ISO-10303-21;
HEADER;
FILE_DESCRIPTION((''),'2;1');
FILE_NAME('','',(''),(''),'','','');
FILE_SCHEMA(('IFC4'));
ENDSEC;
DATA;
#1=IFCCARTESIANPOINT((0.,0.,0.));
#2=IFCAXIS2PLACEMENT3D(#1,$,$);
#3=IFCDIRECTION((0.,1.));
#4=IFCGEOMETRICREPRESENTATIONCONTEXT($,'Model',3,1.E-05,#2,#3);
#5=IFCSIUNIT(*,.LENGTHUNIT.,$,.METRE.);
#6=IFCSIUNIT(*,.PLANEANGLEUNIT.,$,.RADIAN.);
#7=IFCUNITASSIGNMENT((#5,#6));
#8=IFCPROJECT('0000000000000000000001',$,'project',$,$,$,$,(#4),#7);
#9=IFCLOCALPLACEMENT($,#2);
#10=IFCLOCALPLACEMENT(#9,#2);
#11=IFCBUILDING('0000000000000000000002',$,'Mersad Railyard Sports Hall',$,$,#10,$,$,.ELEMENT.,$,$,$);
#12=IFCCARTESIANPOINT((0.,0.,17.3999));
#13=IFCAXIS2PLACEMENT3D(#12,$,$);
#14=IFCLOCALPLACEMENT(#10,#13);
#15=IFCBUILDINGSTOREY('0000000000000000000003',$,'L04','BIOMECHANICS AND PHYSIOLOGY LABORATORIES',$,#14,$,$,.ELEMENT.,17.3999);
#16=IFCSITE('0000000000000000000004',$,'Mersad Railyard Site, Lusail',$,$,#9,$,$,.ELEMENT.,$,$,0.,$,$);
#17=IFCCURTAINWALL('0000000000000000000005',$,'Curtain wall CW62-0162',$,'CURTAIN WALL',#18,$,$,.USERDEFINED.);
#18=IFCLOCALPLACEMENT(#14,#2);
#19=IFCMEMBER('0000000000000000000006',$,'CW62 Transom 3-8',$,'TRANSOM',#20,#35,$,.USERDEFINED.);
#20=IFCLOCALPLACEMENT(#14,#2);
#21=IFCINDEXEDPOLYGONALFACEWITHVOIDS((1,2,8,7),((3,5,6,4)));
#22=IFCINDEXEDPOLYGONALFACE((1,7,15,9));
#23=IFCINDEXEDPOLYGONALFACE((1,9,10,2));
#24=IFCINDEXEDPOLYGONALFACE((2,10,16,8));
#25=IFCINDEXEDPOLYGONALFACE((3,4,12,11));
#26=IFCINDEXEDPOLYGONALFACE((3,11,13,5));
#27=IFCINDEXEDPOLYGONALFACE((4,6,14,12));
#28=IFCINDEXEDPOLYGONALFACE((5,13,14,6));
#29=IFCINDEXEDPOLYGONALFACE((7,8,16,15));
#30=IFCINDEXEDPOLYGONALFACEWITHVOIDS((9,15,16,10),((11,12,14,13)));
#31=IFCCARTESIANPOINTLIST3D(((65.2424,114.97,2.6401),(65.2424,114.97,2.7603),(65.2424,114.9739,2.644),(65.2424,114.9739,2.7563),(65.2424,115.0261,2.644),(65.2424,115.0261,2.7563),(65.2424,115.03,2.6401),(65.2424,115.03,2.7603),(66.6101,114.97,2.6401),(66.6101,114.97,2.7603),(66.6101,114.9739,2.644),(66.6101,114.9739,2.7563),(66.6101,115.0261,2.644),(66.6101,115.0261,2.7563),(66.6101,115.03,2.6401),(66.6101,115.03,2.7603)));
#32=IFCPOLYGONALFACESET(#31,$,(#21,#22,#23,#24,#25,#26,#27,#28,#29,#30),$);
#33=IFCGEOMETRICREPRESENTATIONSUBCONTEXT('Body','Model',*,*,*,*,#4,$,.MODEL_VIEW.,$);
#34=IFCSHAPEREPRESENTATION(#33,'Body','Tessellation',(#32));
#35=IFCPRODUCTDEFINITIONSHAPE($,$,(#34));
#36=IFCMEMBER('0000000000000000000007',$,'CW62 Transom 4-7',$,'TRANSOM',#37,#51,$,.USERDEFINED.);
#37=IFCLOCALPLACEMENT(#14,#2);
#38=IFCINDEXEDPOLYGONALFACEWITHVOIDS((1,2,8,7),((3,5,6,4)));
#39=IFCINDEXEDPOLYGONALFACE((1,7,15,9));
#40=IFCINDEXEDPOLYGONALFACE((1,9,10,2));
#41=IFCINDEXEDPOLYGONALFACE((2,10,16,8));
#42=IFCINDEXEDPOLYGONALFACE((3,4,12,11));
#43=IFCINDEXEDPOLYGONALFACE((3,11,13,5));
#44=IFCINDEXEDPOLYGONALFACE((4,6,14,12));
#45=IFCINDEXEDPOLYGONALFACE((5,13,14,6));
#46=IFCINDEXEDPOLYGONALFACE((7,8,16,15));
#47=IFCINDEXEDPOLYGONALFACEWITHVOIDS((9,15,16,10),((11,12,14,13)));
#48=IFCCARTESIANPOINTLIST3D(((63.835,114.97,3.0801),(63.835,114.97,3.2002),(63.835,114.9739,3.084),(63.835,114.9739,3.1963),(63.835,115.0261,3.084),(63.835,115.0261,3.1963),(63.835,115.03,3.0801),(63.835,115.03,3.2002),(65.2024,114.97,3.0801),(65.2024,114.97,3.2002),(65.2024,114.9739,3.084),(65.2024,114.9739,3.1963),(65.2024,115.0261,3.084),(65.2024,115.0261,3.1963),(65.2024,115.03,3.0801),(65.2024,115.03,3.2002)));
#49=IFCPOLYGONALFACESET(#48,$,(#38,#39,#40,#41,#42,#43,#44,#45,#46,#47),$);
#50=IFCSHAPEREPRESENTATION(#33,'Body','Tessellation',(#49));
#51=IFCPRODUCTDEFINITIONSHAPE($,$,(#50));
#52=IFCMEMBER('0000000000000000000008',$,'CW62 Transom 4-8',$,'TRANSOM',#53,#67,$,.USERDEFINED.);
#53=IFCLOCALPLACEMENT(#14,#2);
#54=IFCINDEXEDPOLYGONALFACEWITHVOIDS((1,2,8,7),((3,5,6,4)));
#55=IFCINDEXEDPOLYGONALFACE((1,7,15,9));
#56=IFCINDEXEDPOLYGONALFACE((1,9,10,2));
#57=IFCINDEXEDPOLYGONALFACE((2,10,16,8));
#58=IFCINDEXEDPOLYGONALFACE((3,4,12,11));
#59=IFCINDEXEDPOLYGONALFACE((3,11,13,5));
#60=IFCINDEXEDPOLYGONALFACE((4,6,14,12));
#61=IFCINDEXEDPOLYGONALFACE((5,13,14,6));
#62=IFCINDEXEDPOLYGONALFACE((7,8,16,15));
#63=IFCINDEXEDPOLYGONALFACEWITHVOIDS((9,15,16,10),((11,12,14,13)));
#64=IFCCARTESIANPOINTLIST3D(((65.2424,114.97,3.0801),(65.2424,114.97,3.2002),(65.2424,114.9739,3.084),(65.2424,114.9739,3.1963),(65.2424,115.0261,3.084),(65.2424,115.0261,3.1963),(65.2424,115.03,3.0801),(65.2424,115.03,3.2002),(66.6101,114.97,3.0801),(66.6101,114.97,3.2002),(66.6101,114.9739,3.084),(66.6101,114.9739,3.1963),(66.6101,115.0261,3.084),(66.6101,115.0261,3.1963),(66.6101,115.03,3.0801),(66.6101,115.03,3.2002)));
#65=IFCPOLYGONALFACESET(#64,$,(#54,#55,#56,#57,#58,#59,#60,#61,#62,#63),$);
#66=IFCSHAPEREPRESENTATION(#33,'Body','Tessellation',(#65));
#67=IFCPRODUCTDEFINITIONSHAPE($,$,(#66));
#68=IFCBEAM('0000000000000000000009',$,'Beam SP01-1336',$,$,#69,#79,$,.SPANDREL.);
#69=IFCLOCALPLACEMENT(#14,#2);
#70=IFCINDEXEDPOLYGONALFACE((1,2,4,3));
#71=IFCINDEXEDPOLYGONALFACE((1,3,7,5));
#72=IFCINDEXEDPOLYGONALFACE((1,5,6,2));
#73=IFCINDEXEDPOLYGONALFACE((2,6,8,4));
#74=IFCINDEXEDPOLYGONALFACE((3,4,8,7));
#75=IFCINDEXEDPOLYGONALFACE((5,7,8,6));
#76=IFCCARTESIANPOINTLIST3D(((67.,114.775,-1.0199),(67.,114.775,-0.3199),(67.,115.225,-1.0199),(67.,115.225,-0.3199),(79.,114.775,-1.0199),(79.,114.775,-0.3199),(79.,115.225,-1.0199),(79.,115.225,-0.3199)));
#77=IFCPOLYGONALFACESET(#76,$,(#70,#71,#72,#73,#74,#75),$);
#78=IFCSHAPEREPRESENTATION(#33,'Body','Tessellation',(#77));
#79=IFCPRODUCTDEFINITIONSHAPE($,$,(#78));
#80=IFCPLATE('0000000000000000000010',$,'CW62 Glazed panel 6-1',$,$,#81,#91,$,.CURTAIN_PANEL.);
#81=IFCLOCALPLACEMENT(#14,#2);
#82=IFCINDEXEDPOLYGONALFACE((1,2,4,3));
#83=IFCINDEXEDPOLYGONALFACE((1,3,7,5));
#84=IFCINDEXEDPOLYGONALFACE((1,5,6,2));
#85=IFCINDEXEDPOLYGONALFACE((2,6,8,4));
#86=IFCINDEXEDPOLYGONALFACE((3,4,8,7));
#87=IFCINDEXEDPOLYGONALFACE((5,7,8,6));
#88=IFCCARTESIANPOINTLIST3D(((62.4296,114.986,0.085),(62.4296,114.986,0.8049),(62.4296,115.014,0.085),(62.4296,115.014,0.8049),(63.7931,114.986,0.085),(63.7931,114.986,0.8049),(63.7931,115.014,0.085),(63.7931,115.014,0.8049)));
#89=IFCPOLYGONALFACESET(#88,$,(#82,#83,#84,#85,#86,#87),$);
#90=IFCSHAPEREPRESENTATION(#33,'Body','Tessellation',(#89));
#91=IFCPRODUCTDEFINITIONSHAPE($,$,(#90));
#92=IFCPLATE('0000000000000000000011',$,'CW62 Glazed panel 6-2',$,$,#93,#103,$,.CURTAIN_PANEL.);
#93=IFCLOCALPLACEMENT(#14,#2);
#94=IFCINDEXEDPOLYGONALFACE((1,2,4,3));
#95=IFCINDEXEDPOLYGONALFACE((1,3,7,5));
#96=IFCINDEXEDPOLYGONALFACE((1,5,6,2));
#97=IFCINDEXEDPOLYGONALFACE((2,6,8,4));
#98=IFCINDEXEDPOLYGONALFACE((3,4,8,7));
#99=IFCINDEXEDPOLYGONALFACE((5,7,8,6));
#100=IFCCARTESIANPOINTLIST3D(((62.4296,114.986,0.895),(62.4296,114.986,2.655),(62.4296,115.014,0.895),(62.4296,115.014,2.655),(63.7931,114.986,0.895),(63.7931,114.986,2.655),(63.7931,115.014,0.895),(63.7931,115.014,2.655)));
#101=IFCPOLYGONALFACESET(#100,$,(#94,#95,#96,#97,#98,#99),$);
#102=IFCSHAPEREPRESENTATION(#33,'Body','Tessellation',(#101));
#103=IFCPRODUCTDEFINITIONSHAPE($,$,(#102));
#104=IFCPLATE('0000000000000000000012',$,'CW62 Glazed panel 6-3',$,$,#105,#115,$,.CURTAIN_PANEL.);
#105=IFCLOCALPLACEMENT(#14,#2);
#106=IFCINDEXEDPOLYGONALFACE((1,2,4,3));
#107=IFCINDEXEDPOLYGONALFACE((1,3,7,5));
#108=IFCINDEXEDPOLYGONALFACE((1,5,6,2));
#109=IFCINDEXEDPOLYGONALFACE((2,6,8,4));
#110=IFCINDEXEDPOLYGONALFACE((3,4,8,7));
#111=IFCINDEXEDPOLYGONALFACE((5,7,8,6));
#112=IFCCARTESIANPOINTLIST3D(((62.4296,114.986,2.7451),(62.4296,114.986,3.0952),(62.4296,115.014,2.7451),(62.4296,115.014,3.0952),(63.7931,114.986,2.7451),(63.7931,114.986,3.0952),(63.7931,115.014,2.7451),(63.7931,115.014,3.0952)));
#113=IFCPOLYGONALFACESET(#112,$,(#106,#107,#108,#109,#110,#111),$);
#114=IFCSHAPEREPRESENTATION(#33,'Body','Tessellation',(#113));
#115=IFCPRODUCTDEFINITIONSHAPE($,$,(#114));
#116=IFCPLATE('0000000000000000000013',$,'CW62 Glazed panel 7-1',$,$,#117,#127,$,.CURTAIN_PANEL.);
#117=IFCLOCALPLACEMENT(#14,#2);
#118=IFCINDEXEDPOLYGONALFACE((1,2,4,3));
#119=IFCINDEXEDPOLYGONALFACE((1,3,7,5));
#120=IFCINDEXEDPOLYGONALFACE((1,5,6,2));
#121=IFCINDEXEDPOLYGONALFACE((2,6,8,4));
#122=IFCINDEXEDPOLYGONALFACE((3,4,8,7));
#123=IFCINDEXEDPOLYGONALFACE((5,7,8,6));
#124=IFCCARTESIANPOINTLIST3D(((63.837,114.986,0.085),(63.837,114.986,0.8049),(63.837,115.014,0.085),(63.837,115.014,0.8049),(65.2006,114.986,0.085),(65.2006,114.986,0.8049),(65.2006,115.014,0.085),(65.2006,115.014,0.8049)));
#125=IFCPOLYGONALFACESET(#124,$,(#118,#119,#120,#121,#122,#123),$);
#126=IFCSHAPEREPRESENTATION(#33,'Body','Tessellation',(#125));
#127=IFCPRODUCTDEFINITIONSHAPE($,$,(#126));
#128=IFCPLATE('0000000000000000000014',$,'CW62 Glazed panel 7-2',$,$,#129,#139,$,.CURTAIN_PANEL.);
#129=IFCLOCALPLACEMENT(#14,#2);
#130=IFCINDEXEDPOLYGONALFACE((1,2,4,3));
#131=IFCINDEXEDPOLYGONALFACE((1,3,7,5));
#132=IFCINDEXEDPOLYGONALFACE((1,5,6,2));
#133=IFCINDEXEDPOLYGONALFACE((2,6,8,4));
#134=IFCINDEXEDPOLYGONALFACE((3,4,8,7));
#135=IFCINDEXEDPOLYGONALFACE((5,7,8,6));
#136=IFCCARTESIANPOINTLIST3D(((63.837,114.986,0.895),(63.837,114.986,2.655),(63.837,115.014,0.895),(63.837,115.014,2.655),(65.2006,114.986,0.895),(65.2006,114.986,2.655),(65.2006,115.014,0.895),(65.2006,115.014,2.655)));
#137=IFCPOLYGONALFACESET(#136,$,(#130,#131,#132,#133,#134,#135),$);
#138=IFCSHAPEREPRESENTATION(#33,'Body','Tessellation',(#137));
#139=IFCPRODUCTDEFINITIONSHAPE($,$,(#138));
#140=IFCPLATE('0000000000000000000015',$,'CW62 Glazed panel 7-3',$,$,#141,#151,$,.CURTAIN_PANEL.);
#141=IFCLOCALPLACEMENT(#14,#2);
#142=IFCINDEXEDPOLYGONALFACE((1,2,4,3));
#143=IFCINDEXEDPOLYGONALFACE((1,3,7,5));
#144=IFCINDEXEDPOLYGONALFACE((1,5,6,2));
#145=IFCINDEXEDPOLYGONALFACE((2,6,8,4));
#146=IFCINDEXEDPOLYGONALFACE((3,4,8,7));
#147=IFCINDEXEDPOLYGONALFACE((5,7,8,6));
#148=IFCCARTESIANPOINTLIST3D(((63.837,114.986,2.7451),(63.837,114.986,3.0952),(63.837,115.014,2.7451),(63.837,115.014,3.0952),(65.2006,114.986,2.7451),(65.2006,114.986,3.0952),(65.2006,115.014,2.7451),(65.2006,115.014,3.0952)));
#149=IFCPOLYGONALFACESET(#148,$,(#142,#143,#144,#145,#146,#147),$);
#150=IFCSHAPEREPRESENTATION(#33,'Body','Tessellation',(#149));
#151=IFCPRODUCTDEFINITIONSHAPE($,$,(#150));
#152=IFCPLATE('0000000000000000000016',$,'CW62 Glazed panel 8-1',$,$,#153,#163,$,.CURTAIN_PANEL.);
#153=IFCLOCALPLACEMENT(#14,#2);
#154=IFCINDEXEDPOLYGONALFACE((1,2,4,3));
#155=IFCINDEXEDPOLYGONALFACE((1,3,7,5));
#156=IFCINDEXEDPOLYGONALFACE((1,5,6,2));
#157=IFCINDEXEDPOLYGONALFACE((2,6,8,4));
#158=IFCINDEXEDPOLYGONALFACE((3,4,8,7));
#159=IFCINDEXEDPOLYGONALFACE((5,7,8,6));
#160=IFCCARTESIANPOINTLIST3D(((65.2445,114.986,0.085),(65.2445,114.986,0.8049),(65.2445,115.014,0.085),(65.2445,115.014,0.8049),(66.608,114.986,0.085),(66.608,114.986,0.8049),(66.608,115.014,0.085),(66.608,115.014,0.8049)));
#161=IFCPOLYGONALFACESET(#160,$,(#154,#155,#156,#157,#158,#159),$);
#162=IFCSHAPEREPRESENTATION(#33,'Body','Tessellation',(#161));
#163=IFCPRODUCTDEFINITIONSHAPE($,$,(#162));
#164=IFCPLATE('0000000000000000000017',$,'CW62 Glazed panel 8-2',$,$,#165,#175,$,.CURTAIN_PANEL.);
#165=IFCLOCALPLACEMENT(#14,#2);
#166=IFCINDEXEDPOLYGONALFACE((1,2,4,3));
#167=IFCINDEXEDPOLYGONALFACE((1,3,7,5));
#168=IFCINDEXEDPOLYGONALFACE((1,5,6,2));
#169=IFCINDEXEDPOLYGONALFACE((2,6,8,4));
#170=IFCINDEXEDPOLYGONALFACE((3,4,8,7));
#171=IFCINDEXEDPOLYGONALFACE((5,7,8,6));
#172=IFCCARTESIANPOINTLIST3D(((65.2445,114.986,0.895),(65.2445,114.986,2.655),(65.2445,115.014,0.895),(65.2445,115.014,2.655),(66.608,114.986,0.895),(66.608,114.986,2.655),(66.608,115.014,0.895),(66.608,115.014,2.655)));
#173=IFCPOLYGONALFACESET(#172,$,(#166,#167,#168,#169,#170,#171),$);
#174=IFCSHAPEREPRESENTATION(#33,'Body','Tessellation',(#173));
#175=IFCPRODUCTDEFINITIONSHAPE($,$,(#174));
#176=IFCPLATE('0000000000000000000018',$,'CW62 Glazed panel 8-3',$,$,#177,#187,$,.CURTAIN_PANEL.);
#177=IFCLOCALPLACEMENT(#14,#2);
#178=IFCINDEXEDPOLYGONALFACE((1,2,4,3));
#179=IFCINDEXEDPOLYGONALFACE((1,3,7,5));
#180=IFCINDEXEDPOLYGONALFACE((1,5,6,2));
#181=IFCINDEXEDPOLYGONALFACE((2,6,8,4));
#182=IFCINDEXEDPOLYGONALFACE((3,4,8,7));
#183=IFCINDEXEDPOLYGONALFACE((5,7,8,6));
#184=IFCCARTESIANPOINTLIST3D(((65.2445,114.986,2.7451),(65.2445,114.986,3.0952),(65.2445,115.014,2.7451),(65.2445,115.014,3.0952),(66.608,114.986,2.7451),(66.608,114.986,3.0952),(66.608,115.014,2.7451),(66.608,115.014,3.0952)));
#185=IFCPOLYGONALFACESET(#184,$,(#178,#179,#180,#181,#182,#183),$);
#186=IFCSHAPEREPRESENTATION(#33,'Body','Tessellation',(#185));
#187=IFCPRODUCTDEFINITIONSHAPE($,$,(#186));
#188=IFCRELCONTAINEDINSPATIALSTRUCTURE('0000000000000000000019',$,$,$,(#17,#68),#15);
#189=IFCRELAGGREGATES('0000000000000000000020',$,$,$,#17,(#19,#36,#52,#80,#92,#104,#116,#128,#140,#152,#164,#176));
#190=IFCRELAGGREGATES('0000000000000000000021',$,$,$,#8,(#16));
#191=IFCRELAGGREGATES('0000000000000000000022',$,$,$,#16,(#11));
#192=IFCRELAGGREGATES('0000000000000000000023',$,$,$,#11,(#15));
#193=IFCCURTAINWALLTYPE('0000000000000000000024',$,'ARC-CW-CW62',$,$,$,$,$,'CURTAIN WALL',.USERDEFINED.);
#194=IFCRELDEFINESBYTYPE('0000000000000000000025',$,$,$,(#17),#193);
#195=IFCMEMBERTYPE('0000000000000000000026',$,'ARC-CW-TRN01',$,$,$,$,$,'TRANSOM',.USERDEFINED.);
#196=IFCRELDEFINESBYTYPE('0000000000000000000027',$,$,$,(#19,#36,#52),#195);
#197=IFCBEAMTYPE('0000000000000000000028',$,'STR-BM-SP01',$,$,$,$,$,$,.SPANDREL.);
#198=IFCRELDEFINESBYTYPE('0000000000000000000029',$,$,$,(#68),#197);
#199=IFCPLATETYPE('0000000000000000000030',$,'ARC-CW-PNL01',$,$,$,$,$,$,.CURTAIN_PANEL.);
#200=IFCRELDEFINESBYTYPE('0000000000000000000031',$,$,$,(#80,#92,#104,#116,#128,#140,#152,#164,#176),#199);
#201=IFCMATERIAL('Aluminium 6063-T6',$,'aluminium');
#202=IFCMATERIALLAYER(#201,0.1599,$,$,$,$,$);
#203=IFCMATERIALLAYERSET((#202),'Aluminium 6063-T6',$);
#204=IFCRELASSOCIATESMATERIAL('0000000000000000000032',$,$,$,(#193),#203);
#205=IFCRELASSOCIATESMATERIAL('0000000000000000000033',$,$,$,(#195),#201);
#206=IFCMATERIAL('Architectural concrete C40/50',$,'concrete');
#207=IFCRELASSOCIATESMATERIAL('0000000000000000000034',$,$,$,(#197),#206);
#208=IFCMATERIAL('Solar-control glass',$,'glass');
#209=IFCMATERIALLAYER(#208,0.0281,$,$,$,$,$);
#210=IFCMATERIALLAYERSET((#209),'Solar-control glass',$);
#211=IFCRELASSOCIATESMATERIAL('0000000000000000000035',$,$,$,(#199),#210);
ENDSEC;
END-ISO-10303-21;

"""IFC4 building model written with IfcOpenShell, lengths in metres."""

from ifc_helpers import new_model, si_unit, direction, frame, origin, origin_2d, place, context, subcontext, project, spatial, rectangle, hollow_rectangle, extrude, material, layer, layer_set, material_profile, profile_set, type_object, element, aggregate, save


model = new_model("IFC4")

# Units and contexts
model_context = context("Model", 3, precision=1e-05, world=origin(), true_north=direction((0.0, 1.0)))
body_context = subcontext(model_context, "Body", "Model", "MODEL_VIEW")
ifc_project = project(units=[si_unit("LENGTHUNIT", "METRE"), si_unit("PLANEANGLEUNIT", "RADIAN")], contexts=[model_context])

# Site, building, storey
site_placement = place(None, origin())
site = spatial("IfcSite", under=ifc_project, at=site_placement, Name="Mersad Railyard Site, Lusail", CompositionType="ELEMENT", RefElevation=0.0)
building_placement = place(site_placement, origin())
building = spatial("IfcBuilding", under=site, at=building_placement, Name="Mersad Railyard Sports Hall", CompositionType="ELEMENT")
storey_placement = place(building_placement, frame((0.0, 0.0, 17.3999)))
storey = spatial("IfcBuildingStorey", under=building, at=storey_placement, Name="L04", Description="BIOMECHANICS AND PHYSIOLOGY LABORATORIES", CompositionType="ELEMENT", Elevation=17.3999)

# Shared definitions
ifc_material_1 = material(Name="Architectural concrete C40/50", Category="concrete")

# Curtain wall, members
ifc_material_2 = material(Name="Aluminium 6063-T6", Category="aluminium")
ifc_layer_1 = layer(ifc_material_2, 0.1599)
ifc_layer_set_1 = layer_set([ifc_layer_1], Name="Aluminium 6063-T6")
curtain_wall_type = type_object("IfcCurtainWallType", Name="ARC-CW-CW62", ElementType="CURTAIN WALL", PredefinedType="USERDEFINED", material=ifc_layer_set_1)
curtain_wall_placement = place(storey_placement, origin())
curtain_wall = element("IfcCurtainWall", 1, at=curtain_wall_placement, inside=storey, type_object=curtain_wall_type, Name="Curtain wall CW62-0162", ObjectType="CURTAIN WALL", PredefinedType="USERDEFINED")
ifc_material_profile_1 = material_profile(ifc_material_2, hollow_rectangle(XDim=0.0601, YDim=0.1201, WallThickness=0.0039, at=origin_2d()), Name="AL TRANSOM 60x120x4")
ifc_profile_set_1 = profile_set([ifc_material_profile_1], Name="Aluminium 6063-T6")
member_type_1 = type_object("IfcMemberType", Name="ARC-CW-TRN01", ElementType="TRANSOM", PredefinedType="USERDEFINED", material=ifc_profile_set_1)
member_1_placement = place(storey_placement, frame((65.2424, 115.0, 2.7002), z_axis=(1.0, 0.0, 0.0), x_axis=(0.0, 1.0, 0.0)))
member_1 = element("IfcMember", 2, at=member_1_placement, type_object=member_type_1, Name="CW62 Transom 3-8", ObjectType="TRANSOM", PredefinedType="USERDEFINED", context=body_context, shape_type="SweptSolid", body=[
    extrude(hollow_rectangle(XDim=0.0601, YDim=0.1201, WallThickness=0.0039, at=origin_2d()), origin(), (0.0, 0.0, 1.0), 1.3677),
])
member_2_placement = place(storey_placement, frame((63.835, 115.0, 3.1401), z_axis=(1.0, 0.0, 0.0), x_axis=(0.0, 1.0, 0.0)))
member_2 = element("IfcMember", 3, at=member_2_placement, type_object=member_type_1, Name="CW62 Transom 4-7", ObjectType="TRANSOM", PredefinedType="USERDEFINED", context=body_context, shape_type="SweptSolid", body=[
    extrude(hollow_rectangle(XDim=0.0601, YDim=0.1201, WallThickness=0.0039, at=origin_2d()), origin(), (0.0, 0.0, 1.0), 1.3674),
])
member_3_placement = place(storey_placement, frame((65.2424, 115.0, 3.1401), z_axis=(1.0, 0.0, 0.0), x_axis=(0.0, 1.0, 0.0)))
member_3 = element("IfcMember", 4, at=member_3_placement, type_object=member_type_1, Name="CW62 Transom 4-8", ObjectType="TRANSOM", PredefinedType="USERDEFINED", context=body_context, shape_type="SweptSolid", body=[
    extrude(hollow_rectangle(XDim=0.0601, YDim=0.1201, WallThickness=0.0039, at=origin_2d()), origin(), (0.0, 0.0, 1.0), 1.3677),
])

# Beam
ifc_material_profile_2 = material_profile(ifc_material_1, rectangle(XDim=0.45, YDim=0.7, at=origin_2d()), Name="RC 450x700")
ifc_profile_set_2 = profile_set([ifc_material_profile_2], Name="Architectural concrete C40/50")
beam_type = type_object("IfcBeamType", Name="STR-BM-SP01", PredefinedType="SPANDREL", material=ifc_profile_set_2)
beam_placement = place(storey_placement, frame((67.0, 115.0, -0.6699), z_axis=(1.0, 0.0, 0.0), x_axis=(0.0, 1.0, 0.0)))
element("IfcBeam", 5, at=beam_placement, inside=storey, type_object=beam_type, Name="Beam SP01-1336", PredefinedType="SPANDREL", context=body_context, shape_type="SweptSolid", body=[
    extrude(rectangle(XDim=0.45, YDim=0.7, at=origin_2d()), origin(), (0.0, 0.0, 1.0), 12.0),
])

# Plates
ifc_material_3 = material(Name="Solar-control glass", Category="glass")
ifc_layer_2 = layer(ifc_material_3, 0.0281)
ifc_layer_set_2 = layer_set([ifc_layer_2], Name="Solar-control glass")
plate_type = type_object("IfcPlateType", Name="ARC-CW-PNL01", PredefinedType="CURTAIN_PANEL", material=ifc_layer_set_2)
plate_1_placement = place(storey_placement, frame((63.1113, 115.0, 0.085), z_axis=(0.0, 0.0, 1.0), x_axis=(1.0, 0.0, 0.0)))
plate_1 = element("IfcPlate", 6, at=plate_1_placement, type_object=plate_type, Name="CW62 Glazed panel 6-1", PredefinedType="CURTAIN_PANEL", context=body_context, shape_type="SweptSolid", body=[
    extrude(rectangle(XDim=1.3635, YDim=0.0281, at=origin_2d()), origin(), (0.0, 0.0, 1.0), 0.72),
])
plate_2_placement = place(storey_placement, frame((63.1113, 115.0, 0.895), z_axis=(0.0, 0.0, 1.0), x_axis=(1.0, 0.0, 0.0)))
plate_2 = element("IfcPlate", 7, at=plate_2_placement, type_object=plate_type, Name="CW62 Glazed panel 6-2", PredefinedType="CURTAIN_PANEL", context=body_context, shape_type="SweptSolid", body=[
    extrude(rectangle(XDim=1.3635, YDim=0.0281, at=origin_2d()), origin(), (0.0, 0.0, 1.0), 1.76),
])
plate_3_placement = place(storey_placement, frame((63.1113, 115.0, 2.7451), z_axis=(0.0, 0.0, 1.0), x_axis=(1.0, 0.0, 0.0)))
plate_3 = element("IfcPlate", 8, at=plate_3_placement, type_object=plate_type, Name="CW62 Glazed panel 6-3", PredefinedType="CURTAIN_PANEL", context=body_context, shape_type="SweptSolid", body=[
    extrude(rectangle(XDim=1.3635, YDim=0.0281, at=origin_2d()), origin(), (0.0, 0.0, 1.0), 0.3501),
])
plate_4_placement = place(storey_placement, frame((64.5188, 115.0, 0.085), z_axis=(0.0, 0.0, 1.0), x_axis=(1.0, 0.0, 0.0)))
plate_4 = element("IfcPlate", 9, at=plate_4_placement, type_object=plate_type, Name="CW62 Glazed panel 7-1", PredefinedType="CURTAIN_PANEL", context=body_context, shape_type="SweptSolid", body=[
    extrude(rectangle(XDim=1.3635, YDim=0.0281, at=origin_2d()), origin(), (0.0, 0.0, 1.0), 0.72),
])
plate_5_placement = place(storey_placement, frame((64.5188, 115.0, 0.895), z_axis=(0.0, 0.0, 1.0), x_axis=(1.0, 0.0, 0.0)))
plate_5 = element("IfcPlate", 10, at=plate_5_placement, type_object=plate_type, Name="CW62 Glazed panel 7-2", PredefinedType="CURTAIN_PANEL", context=body_context, shape_type="SweptSolid", body=[
    extrude(rectangle(XDim=1.3635, YDim=0.0281, at=origin_2d()), origin(), (0.0, 0.0, 1.0), 1.76),
])
plate_6_placement = place(storey_placement, frame((64.5188, 115.0, 2.7451), z_axis=(0.0, 0.0, 1.0), x_axis=(1.0, 0.0, 0.0)))
plate_6 = element("IfcPlate", 11, at=plate_6_placement, type_object=plate_type, Name="CW62 Glazed panel 7-3", PredefinedType="CURTAIN_PANEL", context=body_context, shape_type="SweptSolid", body=[
    extrude(rectangle(XDim=1.3635, YDim=0.0281, at=origin_2d()), origin(), (0.0, 0.0, 1.0), 0.3501),
])
plate_7_placement = place(storey_placement, frame((65.9263, 115.0, 0.085), z_axis=(0.0, 0.0, 1.0), x_axis=(1.0, 0.0, 0.0)))
plate_7 = element("IfcPlate", 12, at=plate_7_placement, type_object=plate_type, Name="CW62 Glazed panel 8-1", PredefinedType="CURTAIN_PANEL", context=body_context, shape_type="SweptSolid", body=[
    extrude(rectangle(XDim=1.3635, YDim=0.0281, at=origin_2d()), origin(), (0.0, 0.0, 1.0), 0.72),
])
plate_8_placement = place(storey_placement, frame((65.9263, 115.0, 0.895), z_axis=(0.0, 0.0, 1.0), x_axis=(1.0, 0.0, 0.0)))
plate_8 = element("IfcPlate", 13, at=plate_8_placement, type_object=plate_type, Name="CW62 Glazed panel 8-2", PredefinedType="CURTAIN_PANEL", context=body_context, shape_type="SweptSolid", body=[
    extrude(rectangle(XDim=1.3635, YDim=0.0281, at=origin_2d()), origin(), (0.0, 0.0, 1.0), 1.76),
])
plate_9_placement = place(storey_placement, frame((65.9263, 115.0, 2.7451), z_axis=(0.0, 0.0, 1.0), x_axis=(1.0, 0.0, 0.0)))
plate_9 = element("IfcPlate", 14, at=plate_9_placement, type_object=plate_type, Name="CW62 Glazed panel 8-3", PredefinedType="CURTAIN_PANEL", context=body_context, shape_type="SweptSolid", body=[
    extrude(rectangle(XDim=1.3635, YDim=0.0281, at=origin_2d()), origin(), (0.0, 0.0, 1.0), 0.3501),
])
aggregate(curtain_wall, [member_1, member_2, member_3, plate_1, plate_2, plate_3, plate_4, plate_5, plate_6, plate_7, plate_8, plate_9])

save(model, "model.ifc")
